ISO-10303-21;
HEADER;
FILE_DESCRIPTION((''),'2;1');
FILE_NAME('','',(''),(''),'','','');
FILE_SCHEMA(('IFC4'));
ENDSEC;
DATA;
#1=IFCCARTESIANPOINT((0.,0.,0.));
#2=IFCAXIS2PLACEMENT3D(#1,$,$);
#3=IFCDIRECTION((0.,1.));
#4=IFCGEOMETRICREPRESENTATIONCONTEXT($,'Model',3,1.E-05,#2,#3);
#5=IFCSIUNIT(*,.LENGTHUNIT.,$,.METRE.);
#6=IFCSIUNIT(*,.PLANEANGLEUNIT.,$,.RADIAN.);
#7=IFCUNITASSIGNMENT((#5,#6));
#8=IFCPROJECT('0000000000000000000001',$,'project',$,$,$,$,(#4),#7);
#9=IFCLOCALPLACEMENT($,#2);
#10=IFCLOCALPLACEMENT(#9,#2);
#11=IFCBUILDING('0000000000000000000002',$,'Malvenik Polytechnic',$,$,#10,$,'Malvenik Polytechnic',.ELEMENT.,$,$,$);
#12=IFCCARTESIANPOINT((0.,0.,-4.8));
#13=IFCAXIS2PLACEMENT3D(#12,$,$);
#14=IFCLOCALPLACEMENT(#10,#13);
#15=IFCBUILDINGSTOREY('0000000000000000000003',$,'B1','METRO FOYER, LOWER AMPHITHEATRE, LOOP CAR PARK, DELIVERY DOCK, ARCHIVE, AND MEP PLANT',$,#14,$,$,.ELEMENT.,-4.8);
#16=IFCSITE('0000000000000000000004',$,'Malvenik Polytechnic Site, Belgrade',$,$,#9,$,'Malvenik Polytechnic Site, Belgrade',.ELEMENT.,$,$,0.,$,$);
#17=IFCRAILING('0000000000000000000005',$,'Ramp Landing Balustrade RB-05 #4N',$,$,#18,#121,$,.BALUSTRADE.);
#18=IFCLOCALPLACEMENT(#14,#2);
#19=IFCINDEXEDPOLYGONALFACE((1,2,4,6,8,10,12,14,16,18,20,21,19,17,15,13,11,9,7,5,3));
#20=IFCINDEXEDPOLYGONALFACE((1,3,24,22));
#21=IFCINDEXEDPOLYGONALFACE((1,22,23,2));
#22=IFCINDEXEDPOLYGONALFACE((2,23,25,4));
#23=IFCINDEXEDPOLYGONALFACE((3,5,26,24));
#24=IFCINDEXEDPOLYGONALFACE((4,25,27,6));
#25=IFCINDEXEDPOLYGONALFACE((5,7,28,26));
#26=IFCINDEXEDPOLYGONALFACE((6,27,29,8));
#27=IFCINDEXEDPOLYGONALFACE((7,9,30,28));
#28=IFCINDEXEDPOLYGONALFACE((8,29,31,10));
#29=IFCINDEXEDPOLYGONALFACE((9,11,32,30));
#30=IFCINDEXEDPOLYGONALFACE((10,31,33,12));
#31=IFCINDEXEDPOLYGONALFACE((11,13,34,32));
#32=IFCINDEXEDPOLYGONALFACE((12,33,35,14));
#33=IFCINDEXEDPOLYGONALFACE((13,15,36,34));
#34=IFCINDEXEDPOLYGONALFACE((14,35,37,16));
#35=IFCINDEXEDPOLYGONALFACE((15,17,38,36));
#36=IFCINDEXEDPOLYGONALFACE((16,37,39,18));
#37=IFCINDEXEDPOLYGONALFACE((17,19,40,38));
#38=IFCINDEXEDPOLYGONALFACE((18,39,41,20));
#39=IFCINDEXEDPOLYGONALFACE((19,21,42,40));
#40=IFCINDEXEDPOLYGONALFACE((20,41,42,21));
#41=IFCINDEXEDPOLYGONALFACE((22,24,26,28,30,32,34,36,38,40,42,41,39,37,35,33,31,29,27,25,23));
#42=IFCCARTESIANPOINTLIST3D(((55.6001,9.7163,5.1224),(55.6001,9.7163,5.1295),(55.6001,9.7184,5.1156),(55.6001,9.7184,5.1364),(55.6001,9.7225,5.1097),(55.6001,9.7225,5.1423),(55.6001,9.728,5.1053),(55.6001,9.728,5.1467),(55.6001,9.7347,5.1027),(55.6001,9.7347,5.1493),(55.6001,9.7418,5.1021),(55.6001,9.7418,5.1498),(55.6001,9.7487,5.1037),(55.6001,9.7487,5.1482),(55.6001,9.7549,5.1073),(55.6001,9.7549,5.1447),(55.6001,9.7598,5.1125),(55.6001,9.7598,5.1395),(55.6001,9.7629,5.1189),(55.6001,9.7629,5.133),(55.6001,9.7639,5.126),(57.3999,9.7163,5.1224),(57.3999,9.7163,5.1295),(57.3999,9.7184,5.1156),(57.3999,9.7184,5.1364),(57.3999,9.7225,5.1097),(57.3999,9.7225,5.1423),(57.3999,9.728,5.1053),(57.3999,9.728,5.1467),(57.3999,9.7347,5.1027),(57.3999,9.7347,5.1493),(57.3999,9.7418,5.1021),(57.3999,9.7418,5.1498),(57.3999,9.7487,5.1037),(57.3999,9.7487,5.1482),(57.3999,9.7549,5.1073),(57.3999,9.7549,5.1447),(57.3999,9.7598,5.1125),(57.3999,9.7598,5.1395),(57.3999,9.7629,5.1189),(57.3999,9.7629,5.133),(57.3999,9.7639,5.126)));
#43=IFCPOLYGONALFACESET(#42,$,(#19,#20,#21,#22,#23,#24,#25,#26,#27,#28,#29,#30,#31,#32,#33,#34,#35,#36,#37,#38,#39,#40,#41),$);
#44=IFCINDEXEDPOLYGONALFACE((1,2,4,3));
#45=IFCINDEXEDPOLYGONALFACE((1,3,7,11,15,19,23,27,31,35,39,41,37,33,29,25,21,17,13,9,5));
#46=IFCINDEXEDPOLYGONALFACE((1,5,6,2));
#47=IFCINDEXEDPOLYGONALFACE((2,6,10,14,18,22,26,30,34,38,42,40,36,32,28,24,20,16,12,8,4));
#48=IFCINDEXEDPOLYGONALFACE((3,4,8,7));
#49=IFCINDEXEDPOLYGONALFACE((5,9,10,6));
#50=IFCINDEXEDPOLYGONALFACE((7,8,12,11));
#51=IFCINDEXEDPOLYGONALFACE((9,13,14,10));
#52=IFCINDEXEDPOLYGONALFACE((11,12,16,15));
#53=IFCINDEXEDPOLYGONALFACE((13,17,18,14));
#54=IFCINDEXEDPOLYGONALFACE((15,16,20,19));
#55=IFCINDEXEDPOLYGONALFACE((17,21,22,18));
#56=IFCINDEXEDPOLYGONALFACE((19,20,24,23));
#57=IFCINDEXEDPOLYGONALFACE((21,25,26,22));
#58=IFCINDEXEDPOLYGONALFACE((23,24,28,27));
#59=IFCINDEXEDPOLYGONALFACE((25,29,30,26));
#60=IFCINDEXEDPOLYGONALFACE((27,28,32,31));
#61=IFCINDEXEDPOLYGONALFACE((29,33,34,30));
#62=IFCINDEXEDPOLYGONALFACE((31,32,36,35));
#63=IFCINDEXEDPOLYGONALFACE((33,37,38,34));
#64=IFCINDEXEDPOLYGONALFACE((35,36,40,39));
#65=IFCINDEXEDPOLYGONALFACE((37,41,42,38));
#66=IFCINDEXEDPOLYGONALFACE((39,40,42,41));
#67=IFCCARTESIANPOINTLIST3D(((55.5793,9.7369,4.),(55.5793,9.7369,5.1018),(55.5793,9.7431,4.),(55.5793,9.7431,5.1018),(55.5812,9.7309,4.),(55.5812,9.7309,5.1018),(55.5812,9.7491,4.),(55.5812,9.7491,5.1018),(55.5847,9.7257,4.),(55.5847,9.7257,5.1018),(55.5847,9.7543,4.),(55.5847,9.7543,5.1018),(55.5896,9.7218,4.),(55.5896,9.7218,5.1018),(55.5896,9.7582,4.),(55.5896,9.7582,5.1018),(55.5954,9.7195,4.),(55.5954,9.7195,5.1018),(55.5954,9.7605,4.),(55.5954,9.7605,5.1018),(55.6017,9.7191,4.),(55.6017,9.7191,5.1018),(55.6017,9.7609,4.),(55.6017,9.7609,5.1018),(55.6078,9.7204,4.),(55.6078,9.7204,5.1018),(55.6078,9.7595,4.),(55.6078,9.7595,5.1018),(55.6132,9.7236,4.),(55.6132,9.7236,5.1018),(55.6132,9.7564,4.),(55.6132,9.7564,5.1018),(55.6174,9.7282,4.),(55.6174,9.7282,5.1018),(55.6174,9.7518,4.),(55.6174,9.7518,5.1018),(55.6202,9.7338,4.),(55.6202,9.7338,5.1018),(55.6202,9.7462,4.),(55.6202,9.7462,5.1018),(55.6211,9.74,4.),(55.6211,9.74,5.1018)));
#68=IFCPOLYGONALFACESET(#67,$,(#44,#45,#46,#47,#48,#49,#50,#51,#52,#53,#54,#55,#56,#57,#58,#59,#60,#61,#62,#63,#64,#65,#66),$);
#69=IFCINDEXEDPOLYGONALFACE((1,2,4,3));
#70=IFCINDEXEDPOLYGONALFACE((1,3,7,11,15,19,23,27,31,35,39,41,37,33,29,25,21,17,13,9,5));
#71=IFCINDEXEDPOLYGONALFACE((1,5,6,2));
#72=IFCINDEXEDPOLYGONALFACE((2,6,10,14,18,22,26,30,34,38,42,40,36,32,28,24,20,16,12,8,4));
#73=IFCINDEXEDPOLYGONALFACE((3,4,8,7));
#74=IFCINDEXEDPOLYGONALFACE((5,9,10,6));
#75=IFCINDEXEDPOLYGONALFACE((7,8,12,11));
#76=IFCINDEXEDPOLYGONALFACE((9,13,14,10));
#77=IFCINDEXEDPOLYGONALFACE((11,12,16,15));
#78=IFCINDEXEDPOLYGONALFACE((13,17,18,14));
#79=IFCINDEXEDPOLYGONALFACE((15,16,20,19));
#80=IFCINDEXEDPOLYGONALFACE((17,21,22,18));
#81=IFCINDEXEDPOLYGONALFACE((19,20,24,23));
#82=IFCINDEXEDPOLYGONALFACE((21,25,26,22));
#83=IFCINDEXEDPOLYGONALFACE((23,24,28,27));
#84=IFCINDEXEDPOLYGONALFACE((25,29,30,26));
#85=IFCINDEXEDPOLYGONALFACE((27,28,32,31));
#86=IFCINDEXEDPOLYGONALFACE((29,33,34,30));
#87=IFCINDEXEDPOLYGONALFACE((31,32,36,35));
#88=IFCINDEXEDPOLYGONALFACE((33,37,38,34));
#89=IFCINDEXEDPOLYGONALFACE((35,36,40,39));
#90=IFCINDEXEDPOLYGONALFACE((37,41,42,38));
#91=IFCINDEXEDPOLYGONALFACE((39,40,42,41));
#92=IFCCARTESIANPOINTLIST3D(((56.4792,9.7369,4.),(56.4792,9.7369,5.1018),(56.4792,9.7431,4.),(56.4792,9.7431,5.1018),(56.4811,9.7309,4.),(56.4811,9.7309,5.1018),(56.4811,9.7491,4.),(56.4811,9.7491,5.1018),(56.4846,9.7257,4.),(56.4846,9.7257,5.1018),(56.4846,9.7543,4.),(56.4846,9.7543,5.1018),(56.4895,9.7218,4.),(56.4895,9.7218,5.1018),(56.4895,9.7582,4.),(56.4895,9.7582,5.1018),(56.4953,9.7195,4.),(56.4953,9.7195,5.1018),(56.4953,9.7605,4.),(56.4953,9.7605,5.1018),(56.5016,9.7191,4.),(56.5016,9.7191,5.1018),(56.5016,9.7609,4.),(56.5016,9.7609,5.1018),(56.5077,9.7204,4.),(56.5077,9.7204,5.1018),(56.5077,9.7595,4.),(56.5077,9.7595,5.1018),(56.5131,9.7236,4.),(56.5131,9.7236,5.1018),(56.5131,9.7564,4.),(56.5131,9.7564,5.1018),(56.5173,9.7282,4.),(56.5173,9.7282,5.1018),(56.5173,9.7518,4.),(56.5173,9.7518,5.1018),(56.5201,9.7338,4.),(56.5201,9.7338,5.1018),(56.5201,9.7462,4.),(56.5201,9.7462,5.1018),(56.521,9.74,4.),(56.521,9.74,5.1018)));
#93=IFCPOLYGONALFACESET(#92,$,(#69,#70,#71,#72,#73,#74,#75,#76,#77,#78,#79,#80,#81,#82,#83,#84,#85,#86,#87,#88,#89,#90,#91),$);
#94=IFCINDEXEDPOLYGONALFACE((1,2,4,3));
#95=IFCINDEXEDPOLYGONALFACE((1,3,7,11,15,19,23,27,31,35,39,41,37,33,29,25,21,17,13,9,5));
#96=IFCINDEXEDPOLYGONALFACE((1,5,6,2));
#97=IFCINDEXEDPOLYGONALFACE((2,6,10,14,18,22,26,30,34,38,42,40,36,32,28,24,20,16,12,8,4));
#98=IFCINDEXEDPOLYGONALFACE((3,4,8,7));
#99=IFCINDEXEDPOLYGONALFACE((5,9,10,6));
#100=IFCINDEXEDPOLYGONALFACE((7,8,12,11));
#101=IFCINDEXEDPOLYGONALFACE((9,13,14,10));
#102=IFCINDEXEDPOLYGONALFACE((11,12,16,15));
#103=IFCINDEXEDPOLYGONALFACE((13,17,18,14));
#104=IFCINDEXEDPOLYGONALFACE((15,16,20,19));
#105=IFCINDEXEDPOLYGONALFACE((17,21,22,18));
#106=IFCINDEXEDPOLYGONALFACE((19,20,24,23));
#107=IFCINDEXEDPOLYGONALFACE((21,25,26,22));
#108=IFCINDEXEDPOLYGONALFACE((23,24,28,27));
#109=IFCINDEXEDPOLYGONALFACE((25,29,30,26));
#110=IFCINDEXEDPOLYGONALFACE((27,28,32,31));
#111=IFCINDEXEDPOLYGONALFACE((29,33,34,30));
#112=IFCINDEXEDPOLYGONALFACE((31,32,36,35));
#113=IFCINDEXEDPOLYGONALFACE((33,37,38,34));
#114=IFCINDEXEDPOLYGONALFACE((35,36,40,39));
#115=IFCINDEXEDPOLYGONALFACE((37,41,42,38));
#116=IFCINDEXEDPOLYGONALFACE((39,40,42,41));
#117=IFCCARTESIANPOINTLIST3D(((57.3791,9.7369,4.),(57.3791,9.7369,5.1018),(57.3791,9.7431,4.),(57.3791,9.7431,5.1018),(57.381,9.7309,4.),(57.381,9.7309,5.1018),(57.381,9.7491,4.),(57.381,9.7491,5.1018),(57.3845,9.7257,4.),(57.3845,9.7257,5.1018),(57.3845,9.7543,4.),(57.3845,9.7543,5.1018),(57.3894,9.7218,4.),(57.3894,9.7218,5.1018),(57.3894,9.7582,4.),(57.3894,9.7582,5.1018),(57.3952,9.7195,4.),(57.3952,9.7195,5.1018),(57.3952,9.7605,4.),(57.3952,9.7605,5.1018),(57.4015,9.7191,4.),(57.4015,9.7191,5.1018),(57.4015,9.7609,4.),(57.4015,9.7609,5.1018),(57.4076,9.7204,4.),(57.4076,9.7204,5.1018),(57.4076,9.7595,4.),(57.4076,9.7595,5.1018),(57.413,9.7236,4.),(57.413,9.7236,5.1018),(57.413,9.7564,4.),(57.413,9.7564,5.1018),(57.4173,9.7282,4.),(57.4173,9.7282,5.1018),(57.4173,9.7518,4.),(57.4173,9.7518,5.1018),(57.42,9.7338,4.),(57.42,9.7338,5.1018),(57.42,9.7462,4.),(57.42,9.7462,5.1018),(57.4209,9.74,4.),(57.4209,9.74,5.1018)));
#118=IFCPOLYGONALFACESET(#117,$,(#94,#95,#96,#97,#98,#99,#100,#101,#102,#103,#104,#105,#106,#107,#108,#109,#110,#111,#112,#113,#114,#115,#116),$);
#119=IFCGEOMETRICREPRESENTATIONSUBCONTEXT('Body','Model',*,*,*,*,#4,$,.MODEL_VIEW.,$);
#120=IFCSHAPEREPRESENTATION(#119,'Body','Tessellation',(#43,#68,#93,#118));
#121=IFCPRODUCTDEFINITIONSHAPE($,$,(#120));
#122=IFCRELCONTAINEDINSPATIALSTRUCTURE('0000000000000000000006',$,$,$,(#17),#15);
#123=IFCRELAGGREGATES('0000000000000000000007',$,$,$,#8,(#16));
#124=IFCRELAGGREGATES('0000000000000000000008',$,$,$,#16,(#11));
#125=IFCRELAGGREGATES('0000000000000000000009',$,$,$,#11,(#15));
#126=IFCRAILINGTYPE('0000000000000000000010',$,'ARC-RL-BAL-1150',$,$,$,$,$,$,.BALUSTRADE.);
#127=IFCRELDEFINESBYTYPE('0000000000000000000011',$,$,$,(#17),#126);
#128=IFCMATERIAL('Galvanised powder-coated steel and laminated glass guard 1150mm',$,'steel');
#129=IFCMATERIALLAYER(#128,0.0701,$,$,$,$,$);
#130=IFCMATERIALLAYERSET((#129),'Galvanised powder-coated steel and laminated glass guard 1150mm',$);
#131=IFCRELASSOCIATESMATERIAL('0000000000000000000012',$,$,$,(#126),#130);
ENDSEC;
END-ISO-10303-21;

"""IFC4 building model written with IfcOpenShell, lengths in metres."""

from ifc_helpers import new_model, si_unit, direction, frame, origin, origin_2d, place, context, subcontext, project, spatial, circle, extrude, material, layer, layer_set, type_object, element, save


model = new_model("IFC4")

# Units and contexts
model_context = context("Model", 3, precision=1e-05, world=origin(), true_north=direction((0.0, 1.0)))
body_context = subcontext(model_context, "Body", "Model", "MODEL_VIEW")
ifc_project = project(units=[si_unit("LENGTHUNIT", "METRE"), si_unit("PLANEANGLEUNIT", "RADIAN")], contexts=[model_context])

# Site, building, storey
site_placement = place(None, origin())
site = spatial("IfcSite", under=ifc_project, at=site_placement, Name="Malvenik Polytechnic Site, Belgrade", LongName="Malvenik Polytechnic Site, Belgrade", CompositionType="ELEMENT", RefElevation=0.0)
building_placement = place(site_placement, origin())
building = spatial("IfcBuilding", under=site, at=building_placement, Name="Malvenik Polytechnic", LongName="Malvenik Polytechnic", CompositionType="ELEMENT")
storey_placement = place(building_placement, frame((0.0, 0.0, -4.8)))
storey = spatial("IfcBuildingStorey", under=building, at=storey_placement, Name="B1", Description="METRO FOYER, LOWER AMPHITHEATRE, LOOP CAR PARK, DELIVERY DOCK, ARCHIVE, AND MEP PLANT", CompositionType="ELEMENT", Elevation=-4.8)

# Railing
ifc_material_1 = material(Name="Galvanised powder-coated steel and laminated glass guard 1150mm", Category="steel")
ifc_layer_1 = layer(ifc_material_1, 0.0701)
ifc_layer_set_1 = layer_set([ifc_layer_1], Name="Galvanised powder-coated steel and laminated glass guard 1150mm")
railing_type_1 = type_object("IfcRailingType", Name="ARC-RL-BAL-1150", PredefinedType="BALUSTRADE", material=ifc_layer_set_1)
railing_1_placement = place(storey_placement, frame((55.6001, 9.74, 4.0)))
element("IfcRailing", 1, at=railing_1_placement, inside=storey, type_object=railing_type_1, Name="Ramp Landing Balustrade RB-05 #4N", PredefinedType="BALUSTRADE", context=body_context, shape_type="SweptSolid", body=[
    extrude(circle(Radius=0.0239, at=origin_2d()), frame((0.0, 0.0, 1.126), z_axis=(1.0, 0.0, 0.0), x_axis=(0.0, 1.0, 0.0)), (0.0, 0.0, 1.0), 1.7998),
    extrude(circle(Radius=0.021, at=origin_2d()), origin(), (0.0, 0.0, 1.0), 1.1018),
    extrude(circle(Radius=0.021, at=origin_2d()), frame((0.8999, 0.0, 0.0)), (0.0, 0.0, 1.0), 1.1018),
    extrude(circle(Radius=0.021, at=origin_2d()), frame((1.7998, 0.0, 0.0)), (0.0, 0.0, 1.0), 1.1018),
])

save(model, "model.ifc")
